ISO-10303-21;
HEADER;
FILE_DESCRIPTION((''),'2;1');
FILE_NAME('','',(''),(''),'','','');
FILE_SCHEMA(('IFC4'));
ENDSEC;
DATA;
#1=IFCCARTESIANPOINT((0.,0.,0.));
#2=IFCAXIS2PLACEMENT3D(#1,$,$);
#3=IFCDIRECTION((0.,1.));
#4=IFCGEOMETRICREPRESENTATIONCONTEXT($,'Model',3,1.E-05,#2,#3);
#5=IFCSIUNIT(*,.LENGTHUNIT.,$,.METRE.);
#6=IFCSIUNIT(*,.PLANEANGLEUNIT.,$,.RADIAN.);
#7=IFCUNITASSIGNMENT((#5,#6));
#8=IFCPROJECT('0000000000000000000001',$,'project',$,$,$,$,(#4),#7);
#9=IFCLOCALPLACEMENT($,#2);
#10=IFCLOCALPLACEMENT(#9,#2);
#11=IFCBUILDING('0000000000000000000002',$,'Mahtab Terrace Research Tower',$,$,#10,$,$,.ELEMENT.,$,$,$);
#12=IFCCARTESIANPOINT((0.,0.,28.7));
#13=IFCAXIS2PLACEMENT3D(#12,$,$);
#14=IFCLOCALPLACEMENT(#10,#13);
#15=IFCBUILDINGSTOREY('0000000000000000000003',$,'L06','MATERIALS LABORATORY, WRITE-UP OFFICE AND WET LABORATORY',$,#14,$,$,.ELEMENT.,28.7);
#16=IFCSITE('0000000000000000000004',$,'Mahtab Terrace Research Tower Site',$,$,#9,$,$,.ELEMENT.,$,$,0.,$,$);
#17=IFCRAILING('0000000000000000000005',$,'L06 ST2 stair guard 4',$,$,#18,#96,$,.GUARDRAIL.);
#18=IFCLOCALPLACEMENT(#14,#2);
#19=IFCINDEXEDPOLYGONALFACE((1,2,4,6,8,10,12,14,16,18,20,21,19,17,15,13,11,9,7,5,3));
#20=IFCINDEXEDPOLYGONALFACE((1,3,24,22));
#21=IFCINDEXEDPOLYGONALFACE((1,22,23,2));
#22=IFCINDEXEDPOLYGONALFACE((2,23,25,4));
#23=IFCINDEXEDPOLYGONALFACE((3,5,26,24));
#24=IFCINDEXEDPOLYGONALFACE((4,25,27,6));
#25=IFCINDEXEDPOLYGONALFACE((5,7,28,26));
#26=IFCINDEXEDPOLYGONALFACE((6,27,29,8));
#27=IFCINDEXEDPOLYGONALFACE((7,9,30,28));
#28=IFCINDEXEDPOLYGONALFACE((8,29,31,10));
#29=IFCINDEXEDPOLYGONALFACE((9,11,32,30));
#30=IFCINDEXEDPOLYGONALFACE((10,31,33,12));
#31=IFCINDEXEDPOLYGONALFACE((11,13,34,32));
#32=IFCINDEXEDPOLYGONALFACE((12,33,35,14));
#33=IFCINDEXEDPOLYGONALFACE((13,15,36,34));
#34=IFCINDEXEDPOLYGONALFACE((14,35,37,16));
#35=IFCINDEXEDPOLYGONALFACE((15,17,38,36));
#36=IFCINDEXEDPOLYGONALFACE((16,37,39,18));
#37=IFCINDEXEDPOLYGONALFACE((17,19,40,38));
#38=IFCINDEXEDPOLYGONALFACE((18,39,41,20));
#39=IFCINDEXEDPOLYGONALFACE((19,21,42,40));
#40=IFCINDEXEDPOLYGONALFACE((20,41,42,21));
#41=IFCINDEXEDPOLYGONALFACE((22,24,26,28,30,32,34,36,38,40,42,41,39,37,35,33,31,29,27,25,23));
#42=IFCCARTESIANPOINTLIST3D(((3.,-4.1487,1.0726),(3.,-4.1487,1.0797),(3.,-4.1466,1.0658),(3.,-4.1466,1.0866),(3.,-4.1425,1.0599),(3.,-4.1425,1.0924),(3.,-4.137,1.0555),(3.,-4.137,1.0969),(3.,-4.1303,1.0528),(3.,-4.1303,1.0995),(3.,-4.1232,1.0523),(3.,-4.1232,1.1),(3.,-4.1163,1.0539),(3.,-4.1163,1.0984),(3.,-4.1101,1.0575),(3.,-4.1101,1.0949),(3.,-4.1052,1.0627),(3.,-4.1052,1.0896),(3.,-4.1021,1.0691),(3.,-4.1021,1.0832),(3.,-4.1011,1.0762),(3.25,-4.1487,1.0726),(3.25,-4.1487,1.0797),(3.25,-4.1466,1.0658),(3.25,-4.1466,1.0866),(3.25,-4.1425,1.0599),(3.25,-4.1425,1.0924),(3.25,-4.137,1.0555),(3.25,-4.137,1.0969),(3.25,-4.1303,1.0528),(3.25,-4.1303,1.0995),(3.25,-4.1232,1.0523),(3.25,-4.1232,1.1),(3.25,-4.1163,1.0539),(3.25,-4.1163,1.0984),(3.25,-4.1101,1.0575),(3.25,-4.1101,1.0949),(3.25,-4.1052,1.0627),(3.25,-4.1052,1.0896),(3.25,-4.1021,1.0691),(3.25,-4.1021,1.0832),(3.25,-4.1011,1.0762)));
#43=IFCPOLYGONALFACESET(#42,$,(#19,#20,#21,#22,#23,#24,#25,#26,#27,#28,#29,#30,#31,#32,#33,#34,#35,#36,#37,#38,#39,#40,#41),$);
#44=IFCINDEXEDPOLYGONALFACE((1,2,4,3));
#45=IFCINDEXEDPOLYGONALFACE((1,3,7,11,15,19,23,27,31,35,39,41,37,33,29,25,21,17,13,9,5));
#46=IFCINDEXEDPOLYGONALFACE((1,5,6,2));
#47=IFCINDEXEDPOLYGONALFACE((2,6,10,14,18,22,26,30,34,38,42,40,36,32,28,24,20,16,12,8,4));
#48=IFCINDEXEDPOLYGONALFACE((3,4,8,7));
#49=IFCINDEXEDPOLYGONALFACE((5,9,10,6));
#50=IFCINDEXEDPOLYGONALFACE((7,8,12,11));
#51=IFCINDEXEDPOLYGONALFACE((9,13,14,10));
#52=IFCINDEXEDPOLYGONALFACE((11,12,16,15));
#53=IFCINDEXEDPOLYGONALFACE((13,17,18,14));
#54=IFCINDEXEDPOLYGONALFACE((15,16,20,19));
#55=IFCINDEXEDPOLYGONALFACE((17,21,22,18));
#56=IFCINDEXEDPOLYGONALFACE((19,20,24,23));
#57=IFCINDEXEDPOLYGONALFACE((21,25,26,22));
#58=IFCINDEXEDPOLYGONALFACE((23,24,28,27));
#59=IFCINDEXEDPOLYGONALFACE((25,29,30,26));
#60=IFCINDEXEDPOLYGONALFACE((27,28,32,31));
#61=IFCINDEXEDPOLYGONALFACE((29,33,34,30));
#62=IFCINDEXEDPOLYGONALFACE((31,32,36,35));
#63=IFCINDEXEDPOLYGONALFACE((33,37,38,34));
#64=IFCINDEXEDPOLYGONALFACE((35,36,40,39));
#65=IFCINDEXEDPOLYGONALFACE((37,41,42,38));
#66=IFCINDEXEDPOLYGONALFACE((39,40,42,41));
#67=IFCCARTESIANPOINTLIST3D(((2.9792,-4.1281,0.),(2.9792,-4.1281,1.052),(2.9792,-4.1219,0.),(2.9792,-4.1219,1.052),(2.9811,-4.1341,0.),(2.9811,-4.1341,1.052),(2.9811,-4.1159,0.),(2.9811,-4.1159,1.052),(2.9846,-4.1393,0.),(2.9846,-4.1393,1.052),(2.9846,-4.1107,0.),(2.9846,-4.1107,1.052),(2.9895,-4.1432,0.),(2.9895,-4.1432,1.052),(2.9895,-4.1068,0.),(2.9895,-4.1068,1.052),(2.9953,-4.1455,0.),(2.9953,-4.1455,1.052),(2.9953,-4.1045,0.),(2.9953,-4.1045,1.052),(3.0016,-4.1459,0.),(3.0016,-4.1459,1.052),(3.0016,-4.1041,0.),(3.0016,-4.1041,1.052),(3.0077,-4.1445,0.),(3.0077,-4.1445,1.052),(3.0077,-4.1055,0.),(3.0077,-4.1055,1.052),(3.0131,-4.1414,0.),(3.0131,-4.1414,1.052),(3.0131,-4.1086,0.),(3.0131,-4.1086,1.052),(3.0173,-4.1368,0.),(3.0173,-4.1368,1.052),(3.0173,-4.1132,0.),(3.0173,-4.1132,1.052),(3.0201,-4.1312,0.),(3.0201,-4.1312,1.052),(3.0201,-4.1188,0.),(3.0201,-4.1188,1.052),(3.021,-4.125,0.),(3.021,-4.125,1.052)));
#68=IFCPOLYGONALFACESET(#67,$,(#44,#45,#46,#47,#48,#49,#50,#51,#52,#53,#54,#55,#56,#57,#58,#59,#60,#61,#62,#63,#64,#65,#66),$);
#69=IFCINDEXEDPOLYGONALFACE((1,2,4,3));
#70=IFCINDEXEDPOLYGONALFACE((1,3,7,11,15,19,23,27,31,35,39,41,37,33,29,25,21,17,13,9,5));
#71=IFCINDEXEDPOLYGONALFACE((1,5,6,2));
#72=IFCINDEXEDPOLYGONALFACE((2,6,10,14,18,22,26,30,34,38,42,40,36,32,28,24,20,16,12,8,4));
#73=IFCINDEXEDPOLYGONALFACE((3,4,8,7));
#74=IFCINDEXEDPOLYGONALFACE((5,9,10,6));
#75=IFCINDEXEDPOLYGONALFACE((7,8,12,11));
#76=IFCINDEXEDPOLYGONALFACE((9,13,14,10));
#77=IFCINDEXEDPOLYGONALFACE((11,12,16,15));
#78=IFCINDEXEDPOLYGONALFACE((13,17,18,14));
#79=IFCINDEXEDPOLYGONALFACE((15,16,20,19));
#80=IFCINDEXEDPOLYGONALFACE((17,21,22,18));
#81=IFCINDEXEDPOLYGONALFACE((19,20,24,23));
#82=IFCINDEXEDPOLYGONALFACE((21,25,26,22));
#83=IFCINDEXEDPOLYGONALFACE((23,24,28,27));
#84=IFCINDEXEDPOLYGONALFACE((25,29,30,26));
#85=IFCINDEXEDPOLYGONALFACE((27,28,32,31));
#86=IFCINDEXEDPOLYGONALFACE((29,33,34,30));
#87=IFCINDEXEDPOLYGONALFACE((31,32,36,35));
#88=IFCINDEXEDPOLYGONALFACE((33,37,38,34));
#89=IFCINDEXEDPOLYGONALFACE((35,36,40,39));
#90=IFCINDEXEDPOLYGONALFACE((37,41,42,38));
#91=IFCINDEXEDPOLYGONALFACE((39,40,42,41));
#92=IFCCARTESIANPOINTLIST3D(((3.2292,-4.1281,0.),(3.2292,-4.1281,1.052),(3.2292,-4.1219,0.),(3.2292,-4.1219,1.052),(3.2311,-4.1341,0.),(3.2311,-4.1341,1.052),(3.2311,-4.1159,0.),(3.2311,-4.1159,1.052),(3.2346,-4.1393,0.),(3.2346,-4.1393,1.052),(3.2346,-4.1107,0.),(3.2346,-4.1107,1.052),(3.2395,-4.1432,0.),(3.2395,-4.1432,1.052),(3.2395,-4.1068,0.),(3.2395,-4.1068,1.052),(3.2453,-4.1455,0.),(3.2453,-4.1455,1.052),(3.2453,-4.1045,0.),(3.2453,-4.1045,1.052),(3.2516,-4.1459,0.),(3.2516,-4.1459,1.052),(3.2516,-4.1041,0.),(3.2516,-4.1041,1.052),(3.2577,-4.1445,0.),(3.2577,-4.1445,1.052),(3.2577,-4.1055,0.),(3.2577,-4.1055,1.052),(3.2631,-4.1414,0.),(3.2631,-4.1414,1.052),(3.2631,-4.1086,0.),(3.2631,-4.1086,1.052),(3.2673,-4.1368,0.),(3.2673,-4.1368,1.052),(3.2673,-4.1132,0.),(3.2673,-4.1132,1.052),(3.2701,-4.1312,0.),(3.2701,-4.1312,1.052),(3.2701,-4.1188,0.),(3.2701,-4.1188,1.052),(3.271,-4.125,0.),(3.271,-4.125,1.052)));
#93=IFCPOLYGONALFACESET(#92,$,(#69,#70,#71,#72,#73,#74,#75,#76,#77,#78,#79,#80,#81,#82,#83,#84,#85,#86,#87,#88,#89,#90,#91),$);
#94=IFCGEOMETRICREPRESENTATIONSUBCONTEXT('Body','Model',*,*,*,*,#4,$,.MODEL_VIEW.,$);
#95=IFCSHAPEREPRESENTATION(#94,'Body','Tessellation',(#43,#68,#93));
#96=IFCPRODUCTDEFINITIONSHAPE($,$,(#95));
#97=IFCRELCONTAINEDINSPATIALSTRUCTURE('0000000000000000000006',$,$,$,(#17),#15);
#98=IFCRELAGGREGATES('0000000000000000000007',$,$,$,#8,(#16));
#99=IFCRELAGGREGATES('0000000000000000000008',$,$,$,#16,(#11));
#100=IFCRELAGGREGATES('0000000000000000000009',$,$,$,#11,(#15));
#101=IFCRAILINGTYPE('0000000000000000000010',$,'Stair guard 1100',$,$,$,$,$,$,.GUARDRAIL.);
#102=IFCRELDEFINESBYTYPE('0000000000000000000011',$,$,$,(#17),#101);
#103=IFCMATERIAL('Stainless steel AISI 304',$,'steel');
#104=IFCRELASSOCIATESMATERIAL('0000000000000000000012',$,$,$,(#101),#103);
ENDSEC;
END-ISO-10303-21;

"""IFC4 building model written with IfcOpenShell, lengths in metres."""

from ifc_helpers import new_model, si_unit, direction, frame, origin, origin_2d, place, context, subcontext, project, spatial, circle, extrude, material, type_object, element, save


model = new_model("IFC4")

# Units and contexts
model_context = context("Model", 3, precision=1e-05, world=origin(), true_north=direction((0.0, 1.0)))
body_context = subcontext(model_context, "Body", "Model", "MODEL_VIEW")
ifc_project = project(units=[si_unit("LENGTHUNIT", "METRE"), si_unit("PLANEANGLEUNIT", "RADIAN")], contexts=[model_context])

# Site, building, storey
site_placement = place(None, origin())
site = spatial("IfcSite", under=ifc_project, at=site_placement, Name="Mahtab Terrace Research Tower Site", CompositionType="ELEMENT", RefElevation=0.0)
building_placement = place(site_placement, origin())
building = spatial("IfcBuilding", under=site, at=building_placement, Name="Mahtab Terrace Research Tower", CompositionType="ELEMENT")
storey_placement = place(building_placement, frame((0.0, 0.0, 28.7)))
storey = spatial("IfcBuildingStorey", under=building, at=storey_placement, Name="L06", Description="MATERIALS LABORATORY, WRITE-UP OFFICE AND WET LABORATORY", CompositionType="ELEMENT", Elevation=28.7)

# Railing
ifc_material_1 = material(Name="Stainless steel AISI 304", Category="steel")
railing_type_1 = type_object("IfcRailingType", Name="Stair guard 1100", PredefinedType="GUARDRAIL", material=ifc_material_1)
railing_1_placement = place(storey_placement, frame((3.0, -4.125, 0.0)))
element("IfcRailing", 1, at=railing_1_placement, inside=storey, type_object=railing_type_1, Name="L06 ST2 stair guard 4", PredefinedType="GUARDRAIL", context=body_context, shape_type="SweptSolid", body=[
    extrude(circle(Radius=0.0239, at=origin_2d()), frame((0.0, 0.0, 1.0762), z_axis=(1.0, 0.0, 0.0), x_axis=(0.0, 1.0, 0.0)), (0.0, 0.0, 1.0), 0.25),
    extrude(circle(Radius=0.021, at=origin_2d()), origin(), (0.0, 0.0, 1.0), 1.052),
    extrude(circle(Radius=0.021, at=origin_2d()), frame((0.25, 0.0, 0.0)), (0.0, 0.0, 1.0), 1.052),
])

save(model, "model.ifc")
